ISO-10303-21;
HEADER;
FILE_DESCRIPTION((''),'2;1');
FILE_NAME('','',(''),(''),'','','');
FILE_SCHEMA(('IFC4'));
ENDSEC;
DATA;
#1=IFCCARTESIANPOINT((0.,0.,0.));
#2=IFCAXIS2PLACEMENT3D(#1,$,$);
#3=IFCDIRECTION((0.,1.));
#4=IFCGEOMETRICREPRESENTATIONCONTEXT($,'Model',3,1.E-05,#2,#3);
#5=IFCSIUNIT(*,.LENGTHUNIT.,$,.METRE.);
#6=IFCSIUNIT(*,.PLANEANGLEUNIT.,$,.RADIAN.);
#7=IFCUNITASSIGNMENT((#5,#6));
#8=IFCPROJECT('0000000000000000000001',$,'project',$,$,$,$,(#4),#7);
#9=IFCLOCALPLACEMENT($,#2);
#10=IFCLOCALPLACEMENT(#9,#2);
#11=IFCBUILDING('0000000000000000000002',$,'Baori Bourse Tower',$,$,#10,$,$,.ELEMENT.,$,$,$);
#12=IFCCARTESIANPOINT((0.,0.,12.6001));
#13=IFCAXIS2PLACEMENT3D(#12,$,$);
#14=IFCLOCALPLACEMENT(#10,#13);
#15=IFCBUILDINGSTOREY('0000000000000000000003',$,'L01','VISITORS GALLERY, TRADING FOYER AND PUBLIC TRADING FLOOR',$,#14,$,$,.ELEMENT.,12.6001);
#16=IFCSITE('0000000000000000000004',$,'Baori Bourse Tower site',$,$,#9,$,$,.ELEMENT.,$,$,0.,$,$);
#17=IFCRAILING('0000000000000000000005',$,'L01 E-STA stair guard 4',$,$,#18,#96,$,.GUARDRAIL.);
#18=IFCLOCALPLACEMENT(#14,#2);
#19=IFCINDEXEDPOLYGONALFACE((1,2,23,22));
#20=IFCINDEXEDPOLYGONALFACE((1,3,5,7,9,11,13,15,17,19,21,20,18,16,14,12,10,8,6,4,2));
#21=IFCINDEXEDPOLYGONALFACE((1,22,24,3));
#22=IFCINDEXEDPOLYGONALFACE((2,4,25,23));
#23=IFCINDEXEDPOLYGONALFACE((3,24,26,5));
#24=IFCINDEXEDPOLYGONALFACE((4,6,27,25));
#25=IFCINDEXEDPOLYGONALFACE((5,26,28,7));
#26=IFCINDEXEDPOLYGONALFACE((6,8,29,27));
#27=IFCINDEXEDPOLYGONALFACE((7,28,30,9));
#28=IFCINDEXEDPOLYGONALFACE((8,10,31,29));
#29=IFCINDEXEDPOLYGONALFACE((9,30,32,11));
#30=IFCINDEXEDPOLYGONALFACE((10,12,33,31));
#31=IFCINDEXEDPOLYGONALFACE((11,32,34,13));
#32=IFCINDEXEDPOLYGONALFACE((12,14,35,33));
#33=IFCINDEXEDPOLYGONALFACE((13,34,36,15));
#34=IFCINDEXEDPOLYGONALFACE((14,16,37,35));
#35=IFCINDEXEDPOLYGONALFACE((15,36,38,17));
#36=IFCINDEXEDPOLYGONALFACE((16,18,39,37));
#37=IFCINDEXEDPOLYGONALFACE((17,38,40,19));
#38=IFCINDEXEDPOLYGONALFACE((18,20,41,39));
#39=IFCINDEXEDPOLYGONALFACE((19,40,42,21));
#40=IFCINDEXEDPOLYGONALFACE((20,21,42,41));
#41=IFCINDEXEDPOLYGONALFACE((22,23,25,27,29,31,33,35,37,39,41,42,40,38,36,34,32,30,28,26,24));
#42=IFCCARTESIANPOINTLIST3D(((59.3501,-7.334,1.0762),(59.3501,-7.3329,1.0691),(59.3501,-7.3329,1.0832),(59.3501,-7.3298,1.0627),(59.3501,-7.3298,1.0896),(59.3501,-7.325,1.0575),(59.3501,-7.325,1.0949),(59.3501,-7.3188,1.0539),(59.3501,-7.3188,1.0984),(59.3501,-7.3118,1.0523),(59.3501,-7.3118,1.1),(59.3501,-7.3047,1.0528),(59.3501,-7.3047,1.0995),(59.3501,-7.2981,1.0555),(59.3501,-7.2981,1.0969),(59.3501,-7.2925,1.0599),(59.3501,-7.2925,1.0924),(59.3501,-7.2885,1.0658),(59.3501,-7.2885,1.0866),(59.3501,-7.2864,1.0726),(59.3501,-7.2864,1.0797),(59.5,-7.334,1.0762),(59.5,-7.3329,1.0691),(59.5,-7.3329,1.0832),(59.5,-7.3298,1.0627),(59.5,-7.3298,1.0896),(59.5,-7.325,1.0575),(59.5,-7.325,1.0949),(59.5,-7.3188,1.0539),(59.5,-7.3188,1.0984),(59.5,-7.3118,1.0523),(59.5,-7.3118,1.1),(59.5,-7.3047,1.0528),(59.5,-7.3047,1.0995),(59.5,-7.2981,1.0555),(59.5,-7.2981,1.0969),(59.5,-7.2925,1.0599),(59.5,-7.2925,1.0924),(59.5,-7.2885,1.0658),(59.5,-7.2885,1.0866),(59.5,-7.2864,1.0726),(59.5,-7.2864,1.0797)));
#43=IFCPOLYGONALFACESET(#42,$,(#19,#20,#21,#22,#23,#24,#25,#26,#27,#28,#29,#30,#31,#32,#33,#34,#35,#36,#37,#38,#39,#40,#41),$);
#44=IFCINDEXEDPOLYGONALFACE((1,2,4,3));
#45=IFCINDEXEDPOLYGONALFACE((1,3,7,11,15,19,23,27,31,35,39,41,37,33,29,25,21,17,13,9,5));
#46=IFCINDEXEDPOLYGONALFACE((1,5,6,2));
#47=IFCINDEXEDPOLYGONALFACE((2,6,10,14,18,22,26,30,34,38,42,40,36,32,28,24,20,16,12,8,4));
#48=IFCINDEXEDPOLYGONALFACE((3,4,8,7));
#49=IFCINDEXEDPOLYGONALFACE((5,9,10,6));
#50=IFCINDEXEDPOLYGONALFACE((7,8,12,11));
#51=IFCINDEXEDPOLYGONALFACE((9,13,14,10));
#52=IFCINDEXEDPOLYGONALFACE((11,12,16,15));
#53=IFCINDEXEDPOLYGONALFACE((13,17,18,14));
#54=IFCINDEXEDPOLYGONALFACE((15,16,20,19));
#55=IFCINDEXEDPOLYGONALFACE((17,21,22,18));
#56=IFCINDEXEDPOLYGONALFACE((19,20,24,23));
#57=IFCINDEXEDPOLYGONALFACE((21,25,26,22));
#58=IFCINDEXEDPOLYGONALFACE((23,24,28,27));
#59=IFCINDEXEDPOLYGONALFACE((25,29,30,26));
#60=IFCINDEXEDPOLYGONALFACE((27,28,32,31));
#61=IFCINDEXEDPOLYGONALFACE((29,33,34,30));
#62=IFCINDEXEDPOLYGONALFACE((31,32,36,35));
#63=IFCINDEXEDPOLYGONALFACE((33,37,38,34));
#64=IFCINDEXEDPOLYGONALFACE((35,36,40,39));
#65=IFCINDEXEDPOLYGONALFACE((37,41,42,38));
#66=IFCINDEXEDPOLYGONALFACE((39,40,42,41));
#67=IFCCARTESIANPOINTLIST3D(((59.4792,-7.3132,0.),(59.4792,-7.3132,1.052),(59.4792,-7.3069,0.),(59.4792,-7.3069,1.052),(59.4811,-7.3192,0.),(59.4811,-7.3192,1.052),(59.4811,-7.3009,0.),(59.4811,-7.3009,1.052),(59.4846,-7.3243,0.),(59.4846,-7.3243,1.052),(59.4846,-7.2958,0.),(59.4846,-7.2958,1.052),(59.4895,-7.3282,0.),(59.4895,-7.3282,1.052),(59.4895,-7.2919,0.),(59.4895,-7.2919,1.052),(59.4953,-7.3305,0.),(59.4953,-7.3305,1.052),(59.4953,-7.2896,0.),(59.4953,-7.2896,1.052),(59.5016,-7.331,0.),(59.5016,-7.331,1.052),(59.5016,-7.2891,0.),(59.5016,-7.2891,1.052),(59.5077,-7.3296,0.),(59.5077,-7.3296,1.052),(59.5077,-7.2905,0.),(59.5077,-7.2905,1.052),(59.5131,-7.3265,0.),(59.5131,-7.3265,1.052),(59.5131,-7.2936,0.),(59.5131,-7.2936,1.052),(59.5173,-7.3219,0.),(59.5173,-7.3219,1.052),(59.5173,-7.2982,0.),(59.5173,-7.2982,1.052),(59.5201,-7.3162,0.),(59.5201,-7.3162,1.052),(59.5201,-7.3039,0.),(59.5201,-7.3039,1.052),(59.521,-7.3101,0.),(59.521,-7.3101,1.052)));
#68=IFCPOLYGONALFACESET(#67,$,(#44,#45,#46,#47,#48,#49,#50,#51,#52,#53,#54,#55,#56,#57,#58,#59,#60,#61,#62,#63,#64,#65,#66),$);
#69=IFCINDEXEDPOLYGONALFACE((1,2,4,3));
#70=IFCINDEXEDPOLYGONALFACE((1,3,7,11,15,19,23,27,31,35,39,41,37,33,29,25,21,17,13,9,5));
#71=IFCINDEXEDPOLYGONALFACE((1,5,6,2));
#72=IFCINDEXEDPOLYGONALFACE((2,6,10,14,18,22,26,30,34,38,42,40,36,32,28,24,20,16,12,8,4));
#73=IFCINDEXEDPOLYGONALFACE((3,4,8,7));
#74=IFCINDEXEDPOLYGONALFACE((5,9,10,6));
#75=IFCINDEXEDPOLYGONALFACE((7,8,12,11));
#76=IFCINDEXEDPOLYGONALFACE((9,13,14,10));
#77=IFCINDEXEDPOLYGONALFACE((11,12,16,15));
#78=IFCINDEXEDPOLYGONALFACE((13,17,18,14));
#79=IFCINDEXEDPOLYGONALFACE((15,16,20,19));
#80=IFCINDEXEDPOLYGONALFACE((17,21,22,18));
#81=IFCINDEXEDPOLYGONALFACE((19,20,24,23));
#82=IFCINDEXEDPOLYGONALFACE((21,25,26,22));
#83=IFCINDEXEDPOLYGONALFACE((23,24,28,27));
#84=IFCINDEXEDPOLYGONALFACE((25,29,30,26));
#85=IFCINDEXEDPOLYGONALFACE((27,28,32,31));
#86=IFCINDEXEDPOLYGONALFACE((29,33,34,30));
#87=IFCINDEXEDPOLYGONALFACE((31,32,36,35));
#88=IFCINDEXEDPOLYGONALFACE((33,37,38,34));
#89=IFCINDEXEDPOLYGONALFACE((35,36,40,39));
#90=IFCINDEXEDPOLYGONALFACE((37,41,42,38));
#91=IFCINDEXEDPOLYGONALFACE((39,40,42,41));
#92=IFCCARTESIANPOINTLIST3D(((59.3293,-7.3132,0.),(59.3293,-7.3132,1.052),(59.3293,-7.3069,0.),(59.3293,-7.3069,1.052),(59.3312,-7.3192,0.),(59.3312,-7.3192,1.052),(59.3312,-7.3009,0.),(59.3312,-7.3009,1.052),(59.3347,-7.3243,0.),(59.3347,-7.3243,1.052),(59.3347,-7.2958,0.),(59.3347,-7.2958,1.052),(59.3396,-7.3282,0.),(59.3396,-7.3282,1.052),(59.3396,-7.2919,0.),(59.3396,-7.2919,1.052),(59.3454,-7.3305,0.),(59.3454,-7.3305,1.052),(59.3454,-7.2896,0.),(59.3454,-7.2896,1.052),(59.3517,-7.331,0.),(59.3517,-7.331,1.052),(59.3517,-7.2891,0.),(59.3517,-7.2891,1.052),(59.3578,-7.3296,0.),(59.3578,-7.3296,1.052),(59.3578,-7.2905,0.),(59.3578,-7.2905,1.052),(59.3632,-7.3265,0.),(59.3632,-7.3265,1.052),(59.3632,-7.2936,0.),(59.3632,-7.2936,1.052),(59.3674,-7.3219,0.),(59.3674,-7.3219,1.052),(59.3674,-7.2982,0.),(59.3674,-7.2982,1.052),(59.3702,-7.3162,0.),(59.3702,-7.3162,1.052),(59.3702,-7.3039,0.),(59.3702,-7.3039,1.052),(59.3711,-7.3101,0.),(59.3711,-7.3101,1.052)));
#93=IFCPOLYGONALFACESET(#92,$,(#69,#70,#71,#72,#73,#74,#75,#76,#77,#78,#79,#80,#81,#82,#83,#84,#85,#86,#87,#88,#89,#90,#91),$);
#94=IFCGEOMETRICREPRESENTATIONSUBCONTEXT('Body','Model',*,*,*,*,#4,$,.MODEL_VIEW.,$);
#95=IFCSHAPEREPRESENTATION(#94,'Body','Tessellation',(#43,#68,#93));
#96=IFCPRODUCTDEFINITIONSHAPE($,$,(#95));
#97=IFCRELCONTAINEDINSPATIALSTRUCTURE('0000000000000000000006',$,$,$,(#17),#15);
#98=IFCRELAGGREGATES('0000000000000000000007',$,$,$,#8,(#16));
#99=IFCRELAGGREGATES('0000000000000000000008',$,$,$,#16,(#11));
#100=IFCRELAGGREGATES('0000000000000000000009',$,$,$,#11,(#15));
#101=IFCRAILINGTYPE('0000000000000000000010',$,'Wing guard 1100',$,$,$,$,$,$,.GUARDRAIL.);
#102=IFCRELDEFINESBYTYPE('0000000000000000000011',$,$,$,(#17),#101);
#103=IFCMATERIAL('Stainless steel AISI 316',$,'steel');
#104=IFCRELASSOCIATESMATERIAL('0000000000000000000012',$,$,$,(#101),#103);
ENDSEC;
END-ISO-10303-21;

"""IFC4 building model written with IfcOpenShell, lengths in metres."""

from ifc_helpers import new_model, si_unit, direction, frame, origin, origin_2d, place, context, subcontext, project, spatial, circle, extrude, material, type_object, element, save


model = new_model("IFC4")

# Units and contexts
model_context = context("Model", 3, precision=1e-05, world=origin(), true_north=direction((0.0, 1.0)))
body_context = subcontext(model_context, "Body", "Model", "MODEL_VIEW")
ifc_project = project(units=[si_unit("LENGTHUNIT", "METRE"), si_unit("PLANEANGLEUNIT", "RADIAN")], contexts=[model_context])

# Site, building, storey
site_placement = place(None, origin())
site = spatial("IfcSite", under=ifc_project, at=site_placement, Name="Baori Bourse Tower site", CompositionType="ELEMENT", RefElevation=0.0)
building_placement = place(site_placement, origin())
building = spatial("IfcBuilding", under=site, at=building_placement, Name="Baori Bourse Tower", CompositionType="ELEMENT")
storey_placement = place(building_placement, frame((0.0, 0.0, 12.6001)))
storey = spatial("IfcBuildingStorey", under=building, at=storey_placement, Name="L01", Description="VISITORS GALLERY, TRADING FOYER AND PUBLIC TRADING FLOOR", CompositionType="ELEMENT", Elevation=12.6001)

# Railing
ifc_material_1 = material(Name="Stainless steel AISI 316", Category="steel")
railing_type_1 = type_object("IfcRailingType", Name="Wing guard 1100", PredefinedType="GUARDRAIL", material=ifc_material_1)
railing_1_placement = place(storey_placement, frame((59.5, -7.3101, 0.0)))
element("IfcRailing", 1, at=railing_1_placement, inside=storey, type_object=railing_type_1, Name="L01 E-STA stair guard 4", PredefinedType="GUARDRAIL", context=body_context, shape_type="SweptSolid", body=[
    extrude(circle(Radius=0.0239, at=origin_2d()), frame((0.0, 0.0, 1.0762), z_axis=(-1.0, 0.0, 0.0), x_axis=(0.0, -1.0, 0.0)), (0.0, 0.0, 1.0), 0.1499),
    extrude(circle(Radius=0.021, at=origin_2d()), origin(), (0.0, 0.0, 1.0), 1.052),
    extrude(circle(Radius=0.021, at=origin_2d()), frame((-0.1499, 0.0, 0.0)), (0.0, 0.0, 1.0), 1.052),
])

save(model, "model.ifc")
